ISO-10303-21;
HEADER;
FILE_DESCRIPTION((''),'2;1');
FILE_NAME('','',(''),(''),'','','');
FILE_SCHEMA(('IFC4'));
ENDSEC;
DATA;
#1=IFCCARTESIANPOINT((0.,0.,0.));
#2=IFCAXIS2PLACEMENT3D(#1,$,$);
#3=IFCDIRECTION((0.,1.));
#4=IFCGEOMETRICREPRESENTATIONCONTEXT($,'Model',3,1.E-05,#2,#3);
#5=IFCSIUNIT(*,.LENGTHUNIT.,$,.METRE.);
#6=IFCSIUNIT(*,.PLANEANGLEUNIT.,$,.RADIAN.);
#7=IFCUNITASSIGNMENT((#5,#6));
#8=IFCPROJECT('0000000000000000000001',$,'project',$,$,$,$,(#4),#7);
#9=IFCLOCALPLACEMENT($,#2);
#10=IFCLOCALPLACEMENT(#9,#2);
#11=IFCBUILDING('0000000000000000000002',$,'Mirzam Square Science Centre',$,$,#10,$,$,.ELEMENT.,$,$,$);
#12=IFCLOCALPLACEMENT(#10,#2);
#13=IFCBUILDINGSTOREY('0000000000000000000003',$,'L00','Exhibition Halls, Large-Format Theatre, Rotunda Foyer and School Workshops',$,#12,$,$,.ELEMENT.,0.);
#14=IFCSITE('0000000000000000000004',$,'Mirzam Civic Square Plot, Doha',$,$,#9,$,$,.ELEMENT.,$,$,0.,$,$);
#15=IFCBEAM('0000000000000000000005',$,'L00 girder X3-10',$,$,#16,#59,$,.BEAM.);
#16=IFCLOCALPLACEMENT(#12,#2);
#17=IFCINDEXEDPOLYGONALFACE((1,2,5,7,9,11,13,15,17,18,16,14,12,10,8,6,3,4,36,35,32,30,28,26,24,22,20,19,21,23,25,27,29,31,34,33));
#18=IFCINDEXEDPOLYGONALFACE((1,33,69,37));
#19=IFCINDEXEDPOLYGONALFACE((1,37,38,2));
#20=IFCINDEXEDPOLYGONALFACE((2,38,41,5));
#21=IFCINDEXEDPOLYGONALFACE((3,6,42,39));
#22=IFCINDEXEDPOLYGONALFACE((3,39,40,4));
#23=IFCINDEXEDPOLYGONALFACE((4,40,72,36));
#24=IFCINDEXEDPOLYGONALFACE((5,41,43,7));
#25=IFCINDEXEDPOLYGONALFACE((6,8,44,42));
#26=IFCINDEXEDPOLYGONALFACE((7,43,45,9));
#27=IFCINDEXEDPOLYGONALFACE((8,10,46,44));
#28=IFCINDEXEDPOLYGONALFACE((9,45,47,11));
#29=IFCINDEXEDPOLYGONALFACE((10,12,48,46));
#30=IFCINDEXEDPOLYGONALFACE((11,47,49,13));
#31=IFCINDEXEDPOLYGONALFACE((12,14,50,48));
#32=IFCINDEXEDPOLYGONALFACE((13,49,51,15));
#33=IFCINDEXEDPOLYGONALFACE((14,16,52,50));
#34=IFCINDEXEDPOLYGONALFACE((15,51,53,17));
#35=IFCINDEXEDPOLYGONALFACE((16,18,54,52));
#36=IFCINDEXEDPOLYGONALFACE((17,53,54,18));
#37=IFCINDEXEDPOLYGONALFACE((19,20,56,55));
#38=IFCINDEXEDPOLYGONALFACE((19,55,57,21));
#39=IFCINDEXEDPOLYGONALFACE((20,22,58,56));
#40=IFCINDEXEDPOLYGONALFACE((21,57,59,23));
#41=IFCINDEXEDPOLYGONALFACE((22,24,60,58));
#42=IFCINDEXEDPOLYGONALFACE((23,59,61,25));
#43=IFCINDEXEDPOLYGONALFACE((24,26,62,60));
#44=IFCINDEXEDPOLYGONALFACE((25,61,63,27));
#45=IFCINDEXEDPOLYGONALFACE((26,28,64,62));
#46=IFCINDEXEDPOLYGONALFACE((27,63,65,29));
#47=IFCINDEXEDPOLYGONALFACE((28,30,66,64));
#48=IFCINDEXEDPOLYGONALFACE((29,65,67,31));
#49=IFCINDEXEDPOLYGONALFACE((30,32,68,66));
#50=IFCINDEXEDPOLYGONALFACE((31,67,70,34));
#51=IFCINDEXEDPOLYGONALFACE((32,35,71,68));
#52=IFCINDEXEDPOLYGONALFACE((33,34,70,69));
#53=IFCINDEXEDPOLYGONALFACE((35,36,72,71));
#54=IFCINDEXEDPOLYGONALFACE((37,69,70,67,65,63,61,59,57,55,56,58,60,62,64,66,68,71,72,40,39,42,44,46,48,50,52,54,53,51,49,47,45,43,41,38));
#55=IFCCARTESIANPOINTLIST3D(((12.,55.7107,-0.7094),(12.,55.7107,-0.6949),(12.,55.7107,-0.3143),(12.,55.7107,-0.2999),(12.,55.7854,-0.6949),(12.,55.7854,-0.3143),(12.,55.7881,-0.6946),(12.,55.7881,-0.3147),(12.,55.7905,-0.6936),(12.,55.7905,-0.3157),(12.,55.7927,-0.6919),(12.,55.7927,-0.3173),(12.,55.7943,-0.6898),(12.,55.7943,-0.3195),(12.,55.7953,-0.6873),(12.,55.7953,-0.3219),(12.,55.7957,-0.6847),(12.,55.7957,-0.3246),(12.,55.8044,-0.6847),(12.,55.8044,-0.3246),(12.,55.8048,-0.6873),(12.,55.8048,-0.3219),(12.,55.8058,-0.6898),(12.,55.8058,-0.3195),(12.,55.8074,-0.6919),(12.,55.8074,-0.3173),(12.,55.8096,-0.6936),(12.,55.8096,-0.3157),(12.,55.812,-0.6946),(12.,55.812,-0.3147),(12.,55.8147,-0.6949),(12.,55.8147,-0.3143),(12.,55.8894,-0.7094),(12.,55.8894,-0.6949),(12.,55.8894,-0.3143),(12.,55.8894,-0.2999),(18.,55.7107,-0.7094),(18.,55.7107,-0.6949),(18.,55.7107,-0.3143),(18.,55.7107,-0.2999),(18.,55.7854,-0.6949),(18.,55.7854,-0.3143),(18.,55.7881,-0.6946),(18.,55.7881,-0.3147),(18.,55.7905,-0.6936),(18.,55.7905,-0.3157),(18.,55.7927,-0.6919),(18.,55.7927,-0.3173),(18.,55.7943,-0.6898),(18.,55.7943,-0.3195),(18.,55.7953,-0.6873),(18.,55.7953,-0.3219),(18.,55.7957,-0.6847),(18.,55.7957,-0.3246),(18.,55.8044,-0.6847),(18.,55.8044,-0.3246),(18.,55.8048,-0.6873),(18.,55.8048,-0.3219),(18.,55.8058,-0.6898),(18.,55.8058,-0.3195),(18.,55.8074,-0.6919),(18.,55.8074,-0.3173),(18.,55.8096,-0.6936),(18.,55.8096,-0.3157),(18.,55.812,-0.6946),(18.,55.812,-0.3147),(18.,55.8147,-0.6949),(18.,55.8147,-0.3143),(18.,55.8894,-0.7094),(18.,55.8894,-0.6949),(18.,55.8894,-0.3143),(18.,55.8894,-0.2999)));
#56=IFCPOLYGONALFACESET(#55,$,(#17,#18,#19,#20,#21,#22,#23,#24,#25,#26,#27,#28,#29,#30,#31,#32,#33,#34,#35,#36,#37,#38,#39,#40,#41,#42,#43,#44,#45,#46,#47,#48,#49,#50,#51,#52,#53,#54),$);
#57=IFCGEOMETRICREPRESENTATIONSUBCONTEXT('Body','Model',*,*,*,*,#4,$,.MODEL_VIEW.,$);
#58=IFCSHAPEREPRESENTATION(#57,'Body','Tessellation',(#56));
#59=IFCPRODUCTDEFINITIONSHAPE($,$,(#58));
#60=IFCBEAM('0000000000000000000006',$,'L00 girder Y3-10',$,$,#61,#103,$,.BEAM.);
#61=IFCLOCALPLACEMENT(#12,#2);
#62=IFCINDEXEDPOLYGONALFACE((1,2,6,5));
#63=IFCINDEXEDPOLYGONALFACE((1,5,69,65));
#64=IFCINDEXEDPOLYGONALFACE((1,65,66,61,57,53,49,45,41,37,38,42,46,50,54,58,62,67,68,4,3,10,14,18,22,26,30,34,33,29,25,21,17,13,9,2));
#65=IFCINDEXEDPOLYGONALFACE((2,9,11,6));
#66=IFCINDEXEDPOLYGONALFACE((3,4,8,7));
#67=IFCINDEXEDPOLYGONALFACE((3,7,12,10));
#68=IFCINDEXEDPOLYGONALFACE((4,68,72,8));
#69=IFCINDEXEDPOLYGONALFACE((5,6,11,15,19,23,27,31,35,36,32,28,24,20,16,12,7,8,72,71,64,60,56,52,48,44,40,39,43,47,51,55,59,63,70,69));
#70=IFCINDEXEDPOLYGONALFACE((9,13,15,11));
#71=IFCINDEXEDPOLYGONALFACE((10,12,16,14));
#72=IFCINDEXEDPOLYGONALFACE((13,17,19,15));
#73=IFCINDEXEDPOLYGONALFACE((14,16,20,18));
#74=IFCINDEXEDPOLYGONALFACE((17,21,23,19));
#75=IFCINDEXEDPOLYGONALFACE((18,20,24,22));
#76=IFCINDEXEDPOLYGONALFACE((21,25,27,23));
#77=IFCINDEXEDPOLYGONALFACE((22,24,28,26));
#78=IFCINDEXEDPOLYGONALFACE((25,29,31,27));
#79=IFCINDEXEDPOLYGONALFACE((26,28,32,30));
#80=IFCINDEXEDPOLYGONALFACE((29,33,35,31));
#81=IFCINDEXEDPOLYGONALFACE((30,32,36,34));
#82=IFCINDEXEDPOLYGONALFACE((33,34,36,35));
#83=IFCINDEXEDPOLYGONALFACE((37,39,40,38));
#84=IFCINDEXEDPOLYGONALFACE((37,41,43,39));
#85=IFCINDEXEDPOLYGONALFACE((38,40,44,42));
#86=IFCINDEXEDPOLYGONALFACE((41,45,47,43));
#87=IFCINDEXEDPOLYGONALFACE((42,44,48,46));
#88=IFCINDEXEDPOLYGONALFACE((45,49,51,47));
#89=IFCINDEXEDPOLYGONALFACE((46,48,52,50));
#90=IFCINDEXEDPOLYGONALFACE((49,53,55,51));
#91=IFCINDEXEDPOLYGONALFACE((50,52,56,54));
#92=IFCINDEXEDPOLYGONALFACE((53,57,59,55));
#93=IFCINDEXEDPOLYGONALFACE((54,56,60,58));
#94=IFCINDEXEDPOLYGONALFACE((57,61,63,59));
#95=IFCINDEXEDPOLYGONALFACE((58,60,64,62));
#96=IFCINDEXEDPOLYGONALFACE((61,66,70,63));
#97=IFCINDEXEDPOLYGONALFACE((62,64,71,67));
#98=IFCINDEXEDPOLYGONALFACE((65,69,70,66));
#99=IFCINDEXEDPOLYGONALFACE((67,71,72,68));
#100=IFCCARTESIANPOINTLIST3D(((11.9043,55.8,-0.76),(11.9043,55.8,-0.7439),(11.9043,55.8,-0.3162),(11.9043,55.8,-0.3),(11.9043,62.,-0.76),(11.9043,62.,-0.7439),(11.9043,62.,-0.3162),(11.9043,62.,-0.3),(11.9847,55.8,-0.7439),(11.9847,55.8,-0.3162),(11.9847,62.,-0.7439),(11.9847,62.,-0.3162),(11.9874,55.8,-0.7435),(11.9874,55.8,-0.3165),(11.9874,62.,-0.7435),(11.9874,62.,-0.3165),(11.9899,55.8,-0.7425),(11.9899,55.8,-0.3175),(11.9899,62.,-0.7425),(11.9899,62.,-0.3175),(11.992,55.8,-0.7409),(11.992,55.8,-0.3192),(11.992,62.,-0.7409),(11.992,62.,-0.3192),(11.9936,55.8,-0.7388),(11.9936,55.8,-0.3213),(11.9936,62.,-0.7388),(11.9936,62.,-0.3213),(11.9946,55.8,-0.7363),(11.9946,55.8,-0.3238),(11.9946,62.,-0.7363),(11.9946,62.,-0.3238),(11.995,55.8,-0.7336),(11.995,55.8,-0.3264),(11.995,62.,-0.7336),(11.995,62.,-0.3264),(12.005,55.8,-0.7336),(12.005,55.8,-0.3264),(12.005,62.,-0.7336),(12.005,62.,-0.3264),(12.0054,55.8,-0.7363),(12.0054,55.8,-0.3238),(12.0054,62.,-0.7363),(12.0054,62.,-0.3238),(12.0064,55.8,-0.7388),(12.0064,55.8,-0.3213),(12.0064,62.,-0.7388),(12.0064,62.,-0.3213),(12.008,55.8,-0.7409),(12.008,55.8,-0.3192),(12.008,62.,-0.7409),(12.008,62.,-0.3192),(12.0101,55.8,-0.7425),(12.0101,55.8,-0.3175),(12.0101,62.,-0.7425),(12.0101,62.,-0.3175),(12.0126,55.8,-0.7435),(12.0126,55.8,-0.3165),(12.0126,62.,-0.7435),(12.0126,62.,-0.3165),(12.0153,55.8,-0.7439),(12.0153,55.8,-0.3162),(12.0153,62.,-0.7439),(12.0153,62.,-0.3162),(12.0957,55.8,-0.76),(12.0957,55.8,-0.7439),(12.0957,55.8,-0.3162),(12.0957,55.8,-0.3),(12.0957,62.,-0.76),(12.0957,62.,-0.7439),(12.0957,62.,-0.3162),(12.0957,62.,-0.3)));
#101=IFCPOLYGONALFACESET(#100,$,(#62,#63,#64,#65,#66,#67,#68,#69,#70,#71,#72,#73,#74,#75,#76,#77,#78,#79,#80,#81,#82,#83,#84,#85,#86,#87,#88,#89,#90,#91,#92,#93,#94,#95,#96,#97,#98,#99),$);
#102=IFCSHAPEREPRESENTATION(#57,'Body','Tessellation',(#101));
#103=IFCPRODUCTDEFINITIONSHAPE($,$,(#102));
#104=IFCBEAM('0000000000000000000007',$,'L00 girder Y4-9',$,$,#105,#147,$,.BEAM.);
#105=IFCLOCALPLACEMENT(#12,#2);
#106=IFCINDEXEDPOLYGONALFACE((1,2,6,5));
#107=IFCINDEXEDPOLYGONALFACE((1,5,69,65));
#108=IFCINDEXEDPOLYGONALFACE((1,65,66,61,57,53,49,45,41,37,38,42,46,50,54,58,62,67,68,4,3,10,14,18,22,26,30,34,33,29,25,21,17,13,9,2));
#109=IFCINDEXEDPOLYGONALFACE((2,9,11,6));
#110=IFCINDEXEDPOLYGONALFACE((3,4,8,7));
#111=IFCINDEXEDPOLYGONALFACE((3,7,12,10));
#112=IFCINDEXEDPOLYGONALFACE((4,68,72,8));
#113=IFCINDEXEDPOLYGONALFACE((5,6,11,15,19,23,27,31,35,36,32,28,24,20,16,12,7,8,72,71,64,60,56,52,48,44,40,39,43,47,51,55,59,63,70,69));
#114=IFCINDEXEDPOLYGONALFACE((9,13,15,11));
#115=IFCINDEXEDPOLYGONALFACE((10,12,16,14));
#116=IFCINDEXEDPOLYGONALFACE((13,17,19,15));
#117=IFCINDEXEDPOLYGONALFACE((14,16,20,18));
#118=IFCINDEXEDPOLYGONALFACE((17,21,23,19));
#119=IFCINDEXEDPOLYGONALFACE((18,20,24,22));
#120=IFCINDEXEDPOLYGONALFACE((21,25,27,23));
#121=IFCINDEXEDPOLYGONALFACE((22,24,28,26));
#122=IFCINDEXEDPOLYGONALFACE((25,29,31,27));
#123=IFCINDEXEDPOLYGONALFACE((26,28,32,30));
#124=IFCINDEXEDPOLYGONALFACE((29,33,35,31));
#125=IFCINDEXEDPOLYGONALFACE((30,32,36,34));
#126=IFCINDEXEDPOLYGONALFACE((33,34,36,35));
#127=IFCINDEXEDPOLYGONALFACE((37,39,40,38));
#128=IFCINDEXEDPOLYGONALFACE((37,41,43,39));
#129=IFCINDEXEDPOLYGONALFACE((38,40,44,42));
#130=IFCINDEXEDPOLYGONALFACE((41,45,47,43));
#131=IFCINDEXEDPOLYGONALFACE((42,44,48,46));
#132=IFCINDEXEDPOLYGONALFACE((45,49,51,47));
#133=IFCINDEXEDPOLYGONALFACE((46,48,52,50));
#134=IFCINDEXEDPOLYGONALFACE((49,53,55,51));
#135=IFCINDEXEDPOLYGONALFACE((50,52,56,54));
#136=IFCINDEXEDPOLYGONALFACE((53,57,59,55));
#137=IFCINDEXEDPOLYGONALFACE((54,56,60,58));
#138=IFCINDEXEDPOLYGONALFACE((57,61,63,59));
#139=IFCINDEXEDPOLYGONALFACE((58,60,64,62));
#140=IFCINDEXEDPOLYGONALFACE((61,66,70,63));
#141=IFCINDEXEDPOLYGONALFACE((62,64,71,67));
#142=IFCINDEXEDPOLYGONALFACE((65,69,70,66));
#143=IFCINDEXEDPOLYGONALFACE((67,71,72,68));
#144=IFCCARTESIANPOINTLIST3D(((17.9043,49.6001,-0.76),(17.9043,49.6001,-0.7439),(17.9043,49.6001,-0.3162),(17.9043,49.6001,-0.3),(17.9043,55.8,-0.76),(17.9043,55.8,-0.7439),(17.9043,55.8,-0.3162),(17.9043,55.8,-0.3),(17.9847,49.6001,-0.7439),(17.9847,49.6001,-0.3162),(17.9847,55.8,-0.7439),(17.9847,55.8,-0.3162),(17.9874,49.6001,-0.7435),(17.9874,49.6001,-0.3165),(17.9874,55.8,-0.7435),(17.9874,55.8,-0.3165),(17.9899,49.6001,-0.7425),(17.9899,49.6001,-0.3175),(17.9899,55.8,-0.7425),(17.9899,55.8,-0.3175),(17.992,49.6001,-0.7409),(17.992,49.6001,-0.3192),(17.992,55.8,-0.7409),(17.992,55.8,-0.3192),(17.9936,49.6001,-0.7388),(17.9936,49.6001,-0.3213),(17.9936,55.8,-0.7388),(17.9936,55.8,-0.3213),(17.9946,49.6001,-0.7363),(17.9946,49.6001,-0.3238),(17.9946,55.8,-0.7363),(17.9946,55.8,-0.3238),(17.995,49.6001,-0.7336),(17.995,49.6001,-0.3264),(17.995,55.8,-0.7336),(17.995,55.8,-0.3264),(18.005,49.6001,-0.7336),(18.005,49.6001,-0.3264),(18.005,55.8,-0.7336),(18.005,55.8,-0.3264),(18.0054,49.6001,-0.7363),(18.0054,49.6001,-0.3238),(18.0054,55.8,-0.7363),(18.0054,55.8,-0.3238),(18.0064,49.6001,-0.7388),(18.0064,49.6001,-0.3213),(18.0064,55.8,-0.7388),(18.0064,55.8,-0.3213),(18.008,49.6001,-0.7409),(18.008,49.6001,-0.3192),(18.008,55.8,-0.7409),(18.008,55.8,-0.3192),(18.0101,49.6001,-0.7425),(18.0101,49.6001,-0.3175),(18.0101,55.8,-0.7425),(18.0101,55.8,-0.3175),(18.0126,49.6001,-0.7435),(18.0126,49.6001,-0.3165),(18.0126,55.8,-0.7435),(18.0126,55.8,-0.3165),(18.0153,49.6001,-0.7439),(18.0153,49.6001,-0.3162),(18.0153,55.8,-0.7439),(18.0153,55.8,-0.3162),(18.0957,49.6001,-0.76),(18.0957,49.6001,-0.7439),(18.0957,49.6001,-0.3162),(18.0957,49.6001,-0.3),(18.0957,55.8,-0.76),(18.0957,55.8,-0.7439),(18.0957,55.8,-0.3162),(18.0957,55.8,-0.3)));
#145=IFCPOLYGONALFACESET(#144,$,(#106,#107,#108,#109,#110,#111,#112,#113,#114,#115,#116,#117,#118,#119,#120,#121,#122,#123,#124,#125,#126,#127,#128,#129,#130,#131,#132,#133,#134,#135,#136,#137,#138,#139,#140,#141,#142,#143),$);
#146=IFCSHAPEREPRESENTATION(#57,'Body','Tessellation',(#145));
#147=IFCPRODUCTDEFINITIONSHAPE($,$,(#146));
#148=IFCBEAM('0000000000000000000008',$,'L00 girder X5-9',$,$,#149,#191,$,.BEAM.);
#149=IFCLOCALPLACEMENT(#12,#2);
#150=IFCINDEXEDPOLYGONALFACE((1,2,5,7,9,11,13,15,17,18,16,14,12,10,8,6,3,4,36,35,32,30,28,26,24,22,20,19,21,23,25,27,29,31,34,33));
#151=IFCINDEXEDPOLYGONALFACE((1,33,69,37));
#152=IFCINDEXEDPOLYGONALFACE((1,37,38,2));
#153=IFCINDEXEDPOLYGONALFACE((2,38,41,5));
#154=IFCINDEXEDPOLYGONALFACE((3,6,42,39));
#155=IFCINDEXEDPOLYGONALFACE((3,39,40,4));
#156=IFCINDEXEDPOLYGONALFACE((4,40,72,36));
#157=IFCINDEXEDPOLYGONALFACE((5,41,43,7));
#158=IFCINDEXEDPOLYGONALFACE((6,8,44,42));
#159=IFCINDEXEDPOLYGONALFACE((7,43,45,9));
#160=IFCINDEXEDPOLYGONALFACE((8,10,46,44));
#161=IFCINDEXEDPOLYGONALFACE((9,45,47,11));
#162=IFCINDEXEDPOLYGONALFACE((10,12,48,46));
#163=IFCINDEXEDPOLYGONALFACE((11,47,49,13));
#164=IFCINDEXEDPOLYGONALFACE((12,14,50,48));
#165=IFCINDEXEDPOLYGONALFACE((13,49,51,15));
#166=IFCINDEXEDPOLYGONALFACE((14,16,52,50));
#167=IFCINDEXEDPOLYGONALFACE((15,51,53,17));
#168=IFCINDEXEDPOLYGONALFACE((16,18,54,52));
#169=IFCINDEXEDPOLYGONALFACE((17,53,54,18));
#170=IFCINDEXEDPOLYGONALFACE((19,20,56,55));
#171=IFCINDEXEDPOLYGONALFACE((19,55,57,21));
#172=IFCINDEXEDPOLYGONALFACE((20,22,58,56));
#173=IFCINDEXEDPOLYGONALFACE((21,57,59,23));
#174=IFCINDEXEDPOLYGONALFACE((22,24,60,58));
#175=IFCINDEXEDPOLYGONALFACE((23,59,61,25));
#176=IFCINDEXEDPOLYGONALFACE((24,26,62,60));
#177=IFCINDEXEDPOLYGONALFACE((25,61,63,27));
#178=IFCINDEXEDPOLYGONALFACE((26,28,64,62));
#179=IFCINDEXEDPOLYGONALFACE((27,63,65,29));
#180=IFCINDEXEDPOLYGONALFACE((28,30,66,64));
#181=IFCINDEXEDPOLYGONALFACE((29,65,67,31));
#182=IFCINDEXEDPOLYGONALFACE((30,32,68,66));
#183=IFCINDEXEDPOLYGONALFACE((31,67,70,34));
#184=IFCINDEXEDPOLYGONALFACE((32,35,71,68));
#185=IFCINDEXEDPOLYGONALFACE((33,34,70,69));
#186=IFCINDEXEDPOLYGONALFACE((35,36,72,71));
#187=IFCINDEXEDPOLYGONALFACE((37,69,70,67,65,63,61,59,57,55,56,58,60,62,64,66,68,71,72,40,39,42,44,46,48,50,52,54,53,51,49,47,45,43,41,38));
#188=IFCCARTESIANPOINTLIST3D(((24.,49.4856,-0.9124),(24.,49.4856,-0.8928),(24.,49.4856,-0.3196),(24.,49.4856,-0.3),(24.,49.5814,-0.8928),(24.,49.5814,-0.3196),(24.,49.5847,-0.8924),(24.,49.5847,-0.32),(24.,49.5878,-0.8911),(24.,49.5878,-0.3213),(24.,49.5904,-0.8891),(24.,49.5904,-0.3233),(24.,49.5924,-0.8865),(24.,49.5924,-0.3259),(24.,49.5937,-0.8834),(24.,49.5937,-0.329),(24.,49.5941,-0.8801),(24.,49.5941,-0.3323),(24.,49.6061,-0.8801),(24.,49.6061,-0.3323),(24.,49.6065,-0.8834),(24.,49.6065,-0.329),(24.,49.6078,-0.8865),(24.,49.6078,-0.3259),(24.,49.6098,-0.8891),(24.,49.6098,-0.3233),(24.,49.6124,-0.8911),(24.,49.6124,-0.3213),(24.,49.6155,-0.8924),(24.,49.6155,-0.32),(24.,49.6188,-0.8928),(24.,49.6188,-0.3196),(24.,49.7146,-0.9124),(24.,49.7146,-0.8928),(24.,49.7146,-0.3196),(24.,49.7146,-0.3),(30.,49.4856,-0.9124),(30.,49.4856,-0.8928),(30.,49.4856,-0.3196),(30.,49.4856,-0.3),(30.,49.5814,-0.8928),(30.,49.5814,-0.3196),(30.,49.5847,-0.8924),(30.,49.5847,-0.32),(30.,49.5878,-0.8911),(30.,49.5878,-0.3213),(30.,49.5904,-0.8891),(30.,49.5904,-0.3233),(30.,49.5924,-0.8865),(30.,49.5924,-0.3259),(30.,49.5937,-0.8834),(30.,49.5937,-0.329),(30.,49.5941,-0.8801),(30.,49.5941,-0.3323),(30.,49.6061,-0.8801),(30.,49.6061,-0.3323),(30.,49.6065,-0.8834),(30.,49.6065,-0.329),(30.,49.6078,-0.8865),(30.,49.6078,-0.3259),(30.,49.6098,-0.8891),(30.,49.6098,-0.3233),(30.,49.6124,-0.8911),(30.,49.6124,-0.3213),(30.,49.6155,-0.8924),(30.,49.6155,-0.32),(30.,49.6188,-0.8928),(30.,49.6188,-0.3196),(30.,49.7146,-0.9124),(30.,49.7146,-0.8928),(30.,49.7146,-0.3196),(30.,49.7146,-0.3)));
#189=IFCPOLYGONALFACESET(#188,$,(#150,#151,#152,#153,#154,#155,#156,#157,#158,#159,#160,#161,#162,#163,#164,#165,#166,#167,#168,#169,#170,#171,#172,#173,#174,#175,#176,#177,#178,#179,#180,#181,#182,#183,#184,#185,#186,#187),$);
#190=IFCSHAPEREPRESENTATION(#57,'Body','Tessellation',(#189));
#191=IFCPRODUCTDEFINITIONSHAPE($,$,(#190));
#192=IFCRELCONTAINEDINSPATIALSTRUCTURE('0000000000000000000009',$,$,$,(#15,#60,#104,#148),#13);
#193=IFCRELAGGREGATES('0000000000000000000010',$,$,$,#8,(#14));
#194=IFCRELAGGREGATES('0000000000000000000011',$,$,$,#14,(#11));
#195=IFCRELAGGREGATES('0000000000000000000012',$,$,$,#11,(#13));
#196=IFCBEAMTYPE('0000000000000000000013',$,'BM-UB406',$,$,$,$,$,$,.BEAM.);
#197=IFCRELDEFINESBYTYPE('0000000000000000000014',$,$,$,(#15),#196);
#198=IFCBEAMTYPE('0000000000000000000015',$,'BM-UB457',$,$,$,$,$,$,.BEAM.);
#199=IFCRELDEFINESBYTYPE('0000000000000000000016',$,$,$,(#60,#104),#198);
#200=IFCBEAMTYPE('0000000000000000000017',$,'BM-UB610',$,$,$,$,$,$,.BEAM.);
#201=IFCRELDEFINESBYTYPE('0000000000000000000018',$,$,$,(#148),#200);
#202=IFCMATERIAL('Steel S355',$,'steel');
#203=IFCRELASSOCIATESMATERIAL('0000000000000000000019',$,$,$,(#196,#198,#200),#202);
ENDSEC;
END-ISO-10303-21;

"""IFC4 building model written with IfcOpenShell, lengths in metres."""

from ifc_helpers import new_model, si_unit, direction, frame, origin, origin_2d, place, context, subcontext, project, spatial, i_section, extrude, material, material_profile, profile_set, type_object, element, save


model = new_model("IFC4")

# Units and contexts
model_context = context("Model", 3, precision=1e-05, world=origin(), true_north=direction((0.0, 1.0)))
body_context = subcontext(model_context, "Body", "Model", "MODEL_VIEW")
ifc_project = project(units=[si_unit("LENGTHUNIT", "METRE"), si_unit("PLANEANGLEUNIT", "RADIAN")], contexts=[model_context])

# Site, building, storey
site_placement = place(None, origin())
site = spatial("IfcSite", under=ifc_project, at=site_placement, Name="Mirzam Civic Square Plot, Doha", CompositionType="ELEMENT", RefElevation=0.0)
building_placement = place(site_placement, origin())
building = spatial("IfcBuilding", under=site, at=building_placement, Name="Mirzam Square Science Centre", CompositionType="ELEMENT")
storey_placement = place(building_placement, origin())
storey = spatial("IfcBuildingStorey", under=building, at=storey_placement, Name="L00", Description="Exhibition Halls, Large-Format Theatre, Rotunda Foyer and School Workshops", CompositionType="ELEMENT", Elevation=0.0)

# Shared definitions
ifc_material_1 = material(Name="Steel S355", Category="steel")

# Beams
ifc_material_profile_1 = material_profile(ifc_material_1, i_section(OverallWidth=0.1787, OverallDepth=0.4094, WebThickness=0.0088, FlangeThickness=0.0144, FilletRadius=0.0103, at=origin_2d()), Name="406x178x67UB")
ifc_profile_set_1 = profile_set([ifc_material_profile_1], Name="Steel S355")
beam_type_1 = type_object("IfcBeamType", Name="BM-UB406", PredefinedType="BEAM", material=ifc_profile_set_1)
for number, where, z_axis, x_axis, name in (
    (1, (12.0, 55.8, -0.5046), (1.0, 0.0, 0.0), (0.0, 1.0, 0.0), "L00 girder X3-10"),
):
    element("IfcBeam", number, at=place(storey_placement, frame(where, z_axis=z_axis, x_axis=x_axis)), inside=storey, type_object=beam_type_1, Name=name, PredefinedType="BEAM", context=body_context, shape_type="SweptSolid", body=[
        extrude(i_section(OverallWidth=0.1787, OverallDepth=0.4094, WebThickness=0.0088, FlangeThickness=0.0144, FilletRadius=0.0103, at=origin_2d()), origin(), (0.0, 0.0, 1.0), 6.0),
    ])
ifc_material_profile_2 = material_profile(ifc_material_1, i_section(OverallWidth=0.1914, OverallDepth=0.46, WebThickness=0.01, FlangeThickness=0.0161, FilletRadius=0.0103, at=origin_2d()), Name="457x191x82UB")
ifc_profile_set_2 = profile_set([ifc_material_profile_2], Name="Steel S355")
beam_type_2 = type_object("IfcBeamType", Name="BM-UB457", PredefinedType="BEAM", material=ifc_profile_set_2)
for number, where, z_axis, x_axis, name in (
    (2, (12.0, 55.8, -0.53), (0.0, 1.0, 0.0), (-1.0, 0.0, 0.0), "L00 girder Y3-10"),
    (3, (18.0, 49.6001, -0.53), (0.0, 1.0, 0.0), (-1.0, 0.0, 0.0), "L00 girder Y4-9"),
):
    element("IfcBeam", number, at=place(storey_placement, frame(where, z_axis=z_axis, x_axis=x_axis)), inside=storey, type_object=beam_type_2, Name=name, PredefinedType="BEAM", context=body_context, shape_type="SweptSolid", body=[
        extrude(i_section(OverallWidth=0.1914, OverallDepth=0.46, WebThickness=0.01, FlangeThickness=0.0161, FilletRadius=0.0103, at=origin_2d()), origin(), (0.0, 0.0, 1.0), 6.2),
    ])
ifc_material_profile_3 = material_profile(ifc_material_1, i_section(OverallWidth=0.229, OverallDepth=0.6123, WebThickness=0.012, FlangeThickness=0.0195, FilletRadius=0.0127, at=origin_2d()), Name="610x229x125UB")
ifc_profile_set_3 = profile_set([ifc_material_profile_3], Name="Steel S355")
beam_type_3 = type_object("IfcBeamType", Name="BM-UB610", PredefinedType="BEAM", material=ifc_profile_set_3)
for number, where, z_axis, x_axis, name in (
    (4, (24.0, 49.6001, -0.6062), (1.0, 0.0, 0.0), (0.0, 1.0, 0.0), "L00 girder X5-9"),
):
    element("IfcBeam", number, at=place(storey_placement, frame(where, z_axis=z_axis, x_axis=x_axis)), inside=storey, type_object=beam_type_3, Name=name, PredefinedType="BEAM", context=body_context, shape_type="SweptSolid", body=[
        extrude(i_section(OverallWidth=0.229, OverallDepth=0.6123, WebThickness=0.012, FlangeThickness=0.0195, FilletRadius=0.0127, at=origin_2d()), origin(), (0.0, 0.0, 1.0), 6.0),
    ])

save(model, "model.ifc")
